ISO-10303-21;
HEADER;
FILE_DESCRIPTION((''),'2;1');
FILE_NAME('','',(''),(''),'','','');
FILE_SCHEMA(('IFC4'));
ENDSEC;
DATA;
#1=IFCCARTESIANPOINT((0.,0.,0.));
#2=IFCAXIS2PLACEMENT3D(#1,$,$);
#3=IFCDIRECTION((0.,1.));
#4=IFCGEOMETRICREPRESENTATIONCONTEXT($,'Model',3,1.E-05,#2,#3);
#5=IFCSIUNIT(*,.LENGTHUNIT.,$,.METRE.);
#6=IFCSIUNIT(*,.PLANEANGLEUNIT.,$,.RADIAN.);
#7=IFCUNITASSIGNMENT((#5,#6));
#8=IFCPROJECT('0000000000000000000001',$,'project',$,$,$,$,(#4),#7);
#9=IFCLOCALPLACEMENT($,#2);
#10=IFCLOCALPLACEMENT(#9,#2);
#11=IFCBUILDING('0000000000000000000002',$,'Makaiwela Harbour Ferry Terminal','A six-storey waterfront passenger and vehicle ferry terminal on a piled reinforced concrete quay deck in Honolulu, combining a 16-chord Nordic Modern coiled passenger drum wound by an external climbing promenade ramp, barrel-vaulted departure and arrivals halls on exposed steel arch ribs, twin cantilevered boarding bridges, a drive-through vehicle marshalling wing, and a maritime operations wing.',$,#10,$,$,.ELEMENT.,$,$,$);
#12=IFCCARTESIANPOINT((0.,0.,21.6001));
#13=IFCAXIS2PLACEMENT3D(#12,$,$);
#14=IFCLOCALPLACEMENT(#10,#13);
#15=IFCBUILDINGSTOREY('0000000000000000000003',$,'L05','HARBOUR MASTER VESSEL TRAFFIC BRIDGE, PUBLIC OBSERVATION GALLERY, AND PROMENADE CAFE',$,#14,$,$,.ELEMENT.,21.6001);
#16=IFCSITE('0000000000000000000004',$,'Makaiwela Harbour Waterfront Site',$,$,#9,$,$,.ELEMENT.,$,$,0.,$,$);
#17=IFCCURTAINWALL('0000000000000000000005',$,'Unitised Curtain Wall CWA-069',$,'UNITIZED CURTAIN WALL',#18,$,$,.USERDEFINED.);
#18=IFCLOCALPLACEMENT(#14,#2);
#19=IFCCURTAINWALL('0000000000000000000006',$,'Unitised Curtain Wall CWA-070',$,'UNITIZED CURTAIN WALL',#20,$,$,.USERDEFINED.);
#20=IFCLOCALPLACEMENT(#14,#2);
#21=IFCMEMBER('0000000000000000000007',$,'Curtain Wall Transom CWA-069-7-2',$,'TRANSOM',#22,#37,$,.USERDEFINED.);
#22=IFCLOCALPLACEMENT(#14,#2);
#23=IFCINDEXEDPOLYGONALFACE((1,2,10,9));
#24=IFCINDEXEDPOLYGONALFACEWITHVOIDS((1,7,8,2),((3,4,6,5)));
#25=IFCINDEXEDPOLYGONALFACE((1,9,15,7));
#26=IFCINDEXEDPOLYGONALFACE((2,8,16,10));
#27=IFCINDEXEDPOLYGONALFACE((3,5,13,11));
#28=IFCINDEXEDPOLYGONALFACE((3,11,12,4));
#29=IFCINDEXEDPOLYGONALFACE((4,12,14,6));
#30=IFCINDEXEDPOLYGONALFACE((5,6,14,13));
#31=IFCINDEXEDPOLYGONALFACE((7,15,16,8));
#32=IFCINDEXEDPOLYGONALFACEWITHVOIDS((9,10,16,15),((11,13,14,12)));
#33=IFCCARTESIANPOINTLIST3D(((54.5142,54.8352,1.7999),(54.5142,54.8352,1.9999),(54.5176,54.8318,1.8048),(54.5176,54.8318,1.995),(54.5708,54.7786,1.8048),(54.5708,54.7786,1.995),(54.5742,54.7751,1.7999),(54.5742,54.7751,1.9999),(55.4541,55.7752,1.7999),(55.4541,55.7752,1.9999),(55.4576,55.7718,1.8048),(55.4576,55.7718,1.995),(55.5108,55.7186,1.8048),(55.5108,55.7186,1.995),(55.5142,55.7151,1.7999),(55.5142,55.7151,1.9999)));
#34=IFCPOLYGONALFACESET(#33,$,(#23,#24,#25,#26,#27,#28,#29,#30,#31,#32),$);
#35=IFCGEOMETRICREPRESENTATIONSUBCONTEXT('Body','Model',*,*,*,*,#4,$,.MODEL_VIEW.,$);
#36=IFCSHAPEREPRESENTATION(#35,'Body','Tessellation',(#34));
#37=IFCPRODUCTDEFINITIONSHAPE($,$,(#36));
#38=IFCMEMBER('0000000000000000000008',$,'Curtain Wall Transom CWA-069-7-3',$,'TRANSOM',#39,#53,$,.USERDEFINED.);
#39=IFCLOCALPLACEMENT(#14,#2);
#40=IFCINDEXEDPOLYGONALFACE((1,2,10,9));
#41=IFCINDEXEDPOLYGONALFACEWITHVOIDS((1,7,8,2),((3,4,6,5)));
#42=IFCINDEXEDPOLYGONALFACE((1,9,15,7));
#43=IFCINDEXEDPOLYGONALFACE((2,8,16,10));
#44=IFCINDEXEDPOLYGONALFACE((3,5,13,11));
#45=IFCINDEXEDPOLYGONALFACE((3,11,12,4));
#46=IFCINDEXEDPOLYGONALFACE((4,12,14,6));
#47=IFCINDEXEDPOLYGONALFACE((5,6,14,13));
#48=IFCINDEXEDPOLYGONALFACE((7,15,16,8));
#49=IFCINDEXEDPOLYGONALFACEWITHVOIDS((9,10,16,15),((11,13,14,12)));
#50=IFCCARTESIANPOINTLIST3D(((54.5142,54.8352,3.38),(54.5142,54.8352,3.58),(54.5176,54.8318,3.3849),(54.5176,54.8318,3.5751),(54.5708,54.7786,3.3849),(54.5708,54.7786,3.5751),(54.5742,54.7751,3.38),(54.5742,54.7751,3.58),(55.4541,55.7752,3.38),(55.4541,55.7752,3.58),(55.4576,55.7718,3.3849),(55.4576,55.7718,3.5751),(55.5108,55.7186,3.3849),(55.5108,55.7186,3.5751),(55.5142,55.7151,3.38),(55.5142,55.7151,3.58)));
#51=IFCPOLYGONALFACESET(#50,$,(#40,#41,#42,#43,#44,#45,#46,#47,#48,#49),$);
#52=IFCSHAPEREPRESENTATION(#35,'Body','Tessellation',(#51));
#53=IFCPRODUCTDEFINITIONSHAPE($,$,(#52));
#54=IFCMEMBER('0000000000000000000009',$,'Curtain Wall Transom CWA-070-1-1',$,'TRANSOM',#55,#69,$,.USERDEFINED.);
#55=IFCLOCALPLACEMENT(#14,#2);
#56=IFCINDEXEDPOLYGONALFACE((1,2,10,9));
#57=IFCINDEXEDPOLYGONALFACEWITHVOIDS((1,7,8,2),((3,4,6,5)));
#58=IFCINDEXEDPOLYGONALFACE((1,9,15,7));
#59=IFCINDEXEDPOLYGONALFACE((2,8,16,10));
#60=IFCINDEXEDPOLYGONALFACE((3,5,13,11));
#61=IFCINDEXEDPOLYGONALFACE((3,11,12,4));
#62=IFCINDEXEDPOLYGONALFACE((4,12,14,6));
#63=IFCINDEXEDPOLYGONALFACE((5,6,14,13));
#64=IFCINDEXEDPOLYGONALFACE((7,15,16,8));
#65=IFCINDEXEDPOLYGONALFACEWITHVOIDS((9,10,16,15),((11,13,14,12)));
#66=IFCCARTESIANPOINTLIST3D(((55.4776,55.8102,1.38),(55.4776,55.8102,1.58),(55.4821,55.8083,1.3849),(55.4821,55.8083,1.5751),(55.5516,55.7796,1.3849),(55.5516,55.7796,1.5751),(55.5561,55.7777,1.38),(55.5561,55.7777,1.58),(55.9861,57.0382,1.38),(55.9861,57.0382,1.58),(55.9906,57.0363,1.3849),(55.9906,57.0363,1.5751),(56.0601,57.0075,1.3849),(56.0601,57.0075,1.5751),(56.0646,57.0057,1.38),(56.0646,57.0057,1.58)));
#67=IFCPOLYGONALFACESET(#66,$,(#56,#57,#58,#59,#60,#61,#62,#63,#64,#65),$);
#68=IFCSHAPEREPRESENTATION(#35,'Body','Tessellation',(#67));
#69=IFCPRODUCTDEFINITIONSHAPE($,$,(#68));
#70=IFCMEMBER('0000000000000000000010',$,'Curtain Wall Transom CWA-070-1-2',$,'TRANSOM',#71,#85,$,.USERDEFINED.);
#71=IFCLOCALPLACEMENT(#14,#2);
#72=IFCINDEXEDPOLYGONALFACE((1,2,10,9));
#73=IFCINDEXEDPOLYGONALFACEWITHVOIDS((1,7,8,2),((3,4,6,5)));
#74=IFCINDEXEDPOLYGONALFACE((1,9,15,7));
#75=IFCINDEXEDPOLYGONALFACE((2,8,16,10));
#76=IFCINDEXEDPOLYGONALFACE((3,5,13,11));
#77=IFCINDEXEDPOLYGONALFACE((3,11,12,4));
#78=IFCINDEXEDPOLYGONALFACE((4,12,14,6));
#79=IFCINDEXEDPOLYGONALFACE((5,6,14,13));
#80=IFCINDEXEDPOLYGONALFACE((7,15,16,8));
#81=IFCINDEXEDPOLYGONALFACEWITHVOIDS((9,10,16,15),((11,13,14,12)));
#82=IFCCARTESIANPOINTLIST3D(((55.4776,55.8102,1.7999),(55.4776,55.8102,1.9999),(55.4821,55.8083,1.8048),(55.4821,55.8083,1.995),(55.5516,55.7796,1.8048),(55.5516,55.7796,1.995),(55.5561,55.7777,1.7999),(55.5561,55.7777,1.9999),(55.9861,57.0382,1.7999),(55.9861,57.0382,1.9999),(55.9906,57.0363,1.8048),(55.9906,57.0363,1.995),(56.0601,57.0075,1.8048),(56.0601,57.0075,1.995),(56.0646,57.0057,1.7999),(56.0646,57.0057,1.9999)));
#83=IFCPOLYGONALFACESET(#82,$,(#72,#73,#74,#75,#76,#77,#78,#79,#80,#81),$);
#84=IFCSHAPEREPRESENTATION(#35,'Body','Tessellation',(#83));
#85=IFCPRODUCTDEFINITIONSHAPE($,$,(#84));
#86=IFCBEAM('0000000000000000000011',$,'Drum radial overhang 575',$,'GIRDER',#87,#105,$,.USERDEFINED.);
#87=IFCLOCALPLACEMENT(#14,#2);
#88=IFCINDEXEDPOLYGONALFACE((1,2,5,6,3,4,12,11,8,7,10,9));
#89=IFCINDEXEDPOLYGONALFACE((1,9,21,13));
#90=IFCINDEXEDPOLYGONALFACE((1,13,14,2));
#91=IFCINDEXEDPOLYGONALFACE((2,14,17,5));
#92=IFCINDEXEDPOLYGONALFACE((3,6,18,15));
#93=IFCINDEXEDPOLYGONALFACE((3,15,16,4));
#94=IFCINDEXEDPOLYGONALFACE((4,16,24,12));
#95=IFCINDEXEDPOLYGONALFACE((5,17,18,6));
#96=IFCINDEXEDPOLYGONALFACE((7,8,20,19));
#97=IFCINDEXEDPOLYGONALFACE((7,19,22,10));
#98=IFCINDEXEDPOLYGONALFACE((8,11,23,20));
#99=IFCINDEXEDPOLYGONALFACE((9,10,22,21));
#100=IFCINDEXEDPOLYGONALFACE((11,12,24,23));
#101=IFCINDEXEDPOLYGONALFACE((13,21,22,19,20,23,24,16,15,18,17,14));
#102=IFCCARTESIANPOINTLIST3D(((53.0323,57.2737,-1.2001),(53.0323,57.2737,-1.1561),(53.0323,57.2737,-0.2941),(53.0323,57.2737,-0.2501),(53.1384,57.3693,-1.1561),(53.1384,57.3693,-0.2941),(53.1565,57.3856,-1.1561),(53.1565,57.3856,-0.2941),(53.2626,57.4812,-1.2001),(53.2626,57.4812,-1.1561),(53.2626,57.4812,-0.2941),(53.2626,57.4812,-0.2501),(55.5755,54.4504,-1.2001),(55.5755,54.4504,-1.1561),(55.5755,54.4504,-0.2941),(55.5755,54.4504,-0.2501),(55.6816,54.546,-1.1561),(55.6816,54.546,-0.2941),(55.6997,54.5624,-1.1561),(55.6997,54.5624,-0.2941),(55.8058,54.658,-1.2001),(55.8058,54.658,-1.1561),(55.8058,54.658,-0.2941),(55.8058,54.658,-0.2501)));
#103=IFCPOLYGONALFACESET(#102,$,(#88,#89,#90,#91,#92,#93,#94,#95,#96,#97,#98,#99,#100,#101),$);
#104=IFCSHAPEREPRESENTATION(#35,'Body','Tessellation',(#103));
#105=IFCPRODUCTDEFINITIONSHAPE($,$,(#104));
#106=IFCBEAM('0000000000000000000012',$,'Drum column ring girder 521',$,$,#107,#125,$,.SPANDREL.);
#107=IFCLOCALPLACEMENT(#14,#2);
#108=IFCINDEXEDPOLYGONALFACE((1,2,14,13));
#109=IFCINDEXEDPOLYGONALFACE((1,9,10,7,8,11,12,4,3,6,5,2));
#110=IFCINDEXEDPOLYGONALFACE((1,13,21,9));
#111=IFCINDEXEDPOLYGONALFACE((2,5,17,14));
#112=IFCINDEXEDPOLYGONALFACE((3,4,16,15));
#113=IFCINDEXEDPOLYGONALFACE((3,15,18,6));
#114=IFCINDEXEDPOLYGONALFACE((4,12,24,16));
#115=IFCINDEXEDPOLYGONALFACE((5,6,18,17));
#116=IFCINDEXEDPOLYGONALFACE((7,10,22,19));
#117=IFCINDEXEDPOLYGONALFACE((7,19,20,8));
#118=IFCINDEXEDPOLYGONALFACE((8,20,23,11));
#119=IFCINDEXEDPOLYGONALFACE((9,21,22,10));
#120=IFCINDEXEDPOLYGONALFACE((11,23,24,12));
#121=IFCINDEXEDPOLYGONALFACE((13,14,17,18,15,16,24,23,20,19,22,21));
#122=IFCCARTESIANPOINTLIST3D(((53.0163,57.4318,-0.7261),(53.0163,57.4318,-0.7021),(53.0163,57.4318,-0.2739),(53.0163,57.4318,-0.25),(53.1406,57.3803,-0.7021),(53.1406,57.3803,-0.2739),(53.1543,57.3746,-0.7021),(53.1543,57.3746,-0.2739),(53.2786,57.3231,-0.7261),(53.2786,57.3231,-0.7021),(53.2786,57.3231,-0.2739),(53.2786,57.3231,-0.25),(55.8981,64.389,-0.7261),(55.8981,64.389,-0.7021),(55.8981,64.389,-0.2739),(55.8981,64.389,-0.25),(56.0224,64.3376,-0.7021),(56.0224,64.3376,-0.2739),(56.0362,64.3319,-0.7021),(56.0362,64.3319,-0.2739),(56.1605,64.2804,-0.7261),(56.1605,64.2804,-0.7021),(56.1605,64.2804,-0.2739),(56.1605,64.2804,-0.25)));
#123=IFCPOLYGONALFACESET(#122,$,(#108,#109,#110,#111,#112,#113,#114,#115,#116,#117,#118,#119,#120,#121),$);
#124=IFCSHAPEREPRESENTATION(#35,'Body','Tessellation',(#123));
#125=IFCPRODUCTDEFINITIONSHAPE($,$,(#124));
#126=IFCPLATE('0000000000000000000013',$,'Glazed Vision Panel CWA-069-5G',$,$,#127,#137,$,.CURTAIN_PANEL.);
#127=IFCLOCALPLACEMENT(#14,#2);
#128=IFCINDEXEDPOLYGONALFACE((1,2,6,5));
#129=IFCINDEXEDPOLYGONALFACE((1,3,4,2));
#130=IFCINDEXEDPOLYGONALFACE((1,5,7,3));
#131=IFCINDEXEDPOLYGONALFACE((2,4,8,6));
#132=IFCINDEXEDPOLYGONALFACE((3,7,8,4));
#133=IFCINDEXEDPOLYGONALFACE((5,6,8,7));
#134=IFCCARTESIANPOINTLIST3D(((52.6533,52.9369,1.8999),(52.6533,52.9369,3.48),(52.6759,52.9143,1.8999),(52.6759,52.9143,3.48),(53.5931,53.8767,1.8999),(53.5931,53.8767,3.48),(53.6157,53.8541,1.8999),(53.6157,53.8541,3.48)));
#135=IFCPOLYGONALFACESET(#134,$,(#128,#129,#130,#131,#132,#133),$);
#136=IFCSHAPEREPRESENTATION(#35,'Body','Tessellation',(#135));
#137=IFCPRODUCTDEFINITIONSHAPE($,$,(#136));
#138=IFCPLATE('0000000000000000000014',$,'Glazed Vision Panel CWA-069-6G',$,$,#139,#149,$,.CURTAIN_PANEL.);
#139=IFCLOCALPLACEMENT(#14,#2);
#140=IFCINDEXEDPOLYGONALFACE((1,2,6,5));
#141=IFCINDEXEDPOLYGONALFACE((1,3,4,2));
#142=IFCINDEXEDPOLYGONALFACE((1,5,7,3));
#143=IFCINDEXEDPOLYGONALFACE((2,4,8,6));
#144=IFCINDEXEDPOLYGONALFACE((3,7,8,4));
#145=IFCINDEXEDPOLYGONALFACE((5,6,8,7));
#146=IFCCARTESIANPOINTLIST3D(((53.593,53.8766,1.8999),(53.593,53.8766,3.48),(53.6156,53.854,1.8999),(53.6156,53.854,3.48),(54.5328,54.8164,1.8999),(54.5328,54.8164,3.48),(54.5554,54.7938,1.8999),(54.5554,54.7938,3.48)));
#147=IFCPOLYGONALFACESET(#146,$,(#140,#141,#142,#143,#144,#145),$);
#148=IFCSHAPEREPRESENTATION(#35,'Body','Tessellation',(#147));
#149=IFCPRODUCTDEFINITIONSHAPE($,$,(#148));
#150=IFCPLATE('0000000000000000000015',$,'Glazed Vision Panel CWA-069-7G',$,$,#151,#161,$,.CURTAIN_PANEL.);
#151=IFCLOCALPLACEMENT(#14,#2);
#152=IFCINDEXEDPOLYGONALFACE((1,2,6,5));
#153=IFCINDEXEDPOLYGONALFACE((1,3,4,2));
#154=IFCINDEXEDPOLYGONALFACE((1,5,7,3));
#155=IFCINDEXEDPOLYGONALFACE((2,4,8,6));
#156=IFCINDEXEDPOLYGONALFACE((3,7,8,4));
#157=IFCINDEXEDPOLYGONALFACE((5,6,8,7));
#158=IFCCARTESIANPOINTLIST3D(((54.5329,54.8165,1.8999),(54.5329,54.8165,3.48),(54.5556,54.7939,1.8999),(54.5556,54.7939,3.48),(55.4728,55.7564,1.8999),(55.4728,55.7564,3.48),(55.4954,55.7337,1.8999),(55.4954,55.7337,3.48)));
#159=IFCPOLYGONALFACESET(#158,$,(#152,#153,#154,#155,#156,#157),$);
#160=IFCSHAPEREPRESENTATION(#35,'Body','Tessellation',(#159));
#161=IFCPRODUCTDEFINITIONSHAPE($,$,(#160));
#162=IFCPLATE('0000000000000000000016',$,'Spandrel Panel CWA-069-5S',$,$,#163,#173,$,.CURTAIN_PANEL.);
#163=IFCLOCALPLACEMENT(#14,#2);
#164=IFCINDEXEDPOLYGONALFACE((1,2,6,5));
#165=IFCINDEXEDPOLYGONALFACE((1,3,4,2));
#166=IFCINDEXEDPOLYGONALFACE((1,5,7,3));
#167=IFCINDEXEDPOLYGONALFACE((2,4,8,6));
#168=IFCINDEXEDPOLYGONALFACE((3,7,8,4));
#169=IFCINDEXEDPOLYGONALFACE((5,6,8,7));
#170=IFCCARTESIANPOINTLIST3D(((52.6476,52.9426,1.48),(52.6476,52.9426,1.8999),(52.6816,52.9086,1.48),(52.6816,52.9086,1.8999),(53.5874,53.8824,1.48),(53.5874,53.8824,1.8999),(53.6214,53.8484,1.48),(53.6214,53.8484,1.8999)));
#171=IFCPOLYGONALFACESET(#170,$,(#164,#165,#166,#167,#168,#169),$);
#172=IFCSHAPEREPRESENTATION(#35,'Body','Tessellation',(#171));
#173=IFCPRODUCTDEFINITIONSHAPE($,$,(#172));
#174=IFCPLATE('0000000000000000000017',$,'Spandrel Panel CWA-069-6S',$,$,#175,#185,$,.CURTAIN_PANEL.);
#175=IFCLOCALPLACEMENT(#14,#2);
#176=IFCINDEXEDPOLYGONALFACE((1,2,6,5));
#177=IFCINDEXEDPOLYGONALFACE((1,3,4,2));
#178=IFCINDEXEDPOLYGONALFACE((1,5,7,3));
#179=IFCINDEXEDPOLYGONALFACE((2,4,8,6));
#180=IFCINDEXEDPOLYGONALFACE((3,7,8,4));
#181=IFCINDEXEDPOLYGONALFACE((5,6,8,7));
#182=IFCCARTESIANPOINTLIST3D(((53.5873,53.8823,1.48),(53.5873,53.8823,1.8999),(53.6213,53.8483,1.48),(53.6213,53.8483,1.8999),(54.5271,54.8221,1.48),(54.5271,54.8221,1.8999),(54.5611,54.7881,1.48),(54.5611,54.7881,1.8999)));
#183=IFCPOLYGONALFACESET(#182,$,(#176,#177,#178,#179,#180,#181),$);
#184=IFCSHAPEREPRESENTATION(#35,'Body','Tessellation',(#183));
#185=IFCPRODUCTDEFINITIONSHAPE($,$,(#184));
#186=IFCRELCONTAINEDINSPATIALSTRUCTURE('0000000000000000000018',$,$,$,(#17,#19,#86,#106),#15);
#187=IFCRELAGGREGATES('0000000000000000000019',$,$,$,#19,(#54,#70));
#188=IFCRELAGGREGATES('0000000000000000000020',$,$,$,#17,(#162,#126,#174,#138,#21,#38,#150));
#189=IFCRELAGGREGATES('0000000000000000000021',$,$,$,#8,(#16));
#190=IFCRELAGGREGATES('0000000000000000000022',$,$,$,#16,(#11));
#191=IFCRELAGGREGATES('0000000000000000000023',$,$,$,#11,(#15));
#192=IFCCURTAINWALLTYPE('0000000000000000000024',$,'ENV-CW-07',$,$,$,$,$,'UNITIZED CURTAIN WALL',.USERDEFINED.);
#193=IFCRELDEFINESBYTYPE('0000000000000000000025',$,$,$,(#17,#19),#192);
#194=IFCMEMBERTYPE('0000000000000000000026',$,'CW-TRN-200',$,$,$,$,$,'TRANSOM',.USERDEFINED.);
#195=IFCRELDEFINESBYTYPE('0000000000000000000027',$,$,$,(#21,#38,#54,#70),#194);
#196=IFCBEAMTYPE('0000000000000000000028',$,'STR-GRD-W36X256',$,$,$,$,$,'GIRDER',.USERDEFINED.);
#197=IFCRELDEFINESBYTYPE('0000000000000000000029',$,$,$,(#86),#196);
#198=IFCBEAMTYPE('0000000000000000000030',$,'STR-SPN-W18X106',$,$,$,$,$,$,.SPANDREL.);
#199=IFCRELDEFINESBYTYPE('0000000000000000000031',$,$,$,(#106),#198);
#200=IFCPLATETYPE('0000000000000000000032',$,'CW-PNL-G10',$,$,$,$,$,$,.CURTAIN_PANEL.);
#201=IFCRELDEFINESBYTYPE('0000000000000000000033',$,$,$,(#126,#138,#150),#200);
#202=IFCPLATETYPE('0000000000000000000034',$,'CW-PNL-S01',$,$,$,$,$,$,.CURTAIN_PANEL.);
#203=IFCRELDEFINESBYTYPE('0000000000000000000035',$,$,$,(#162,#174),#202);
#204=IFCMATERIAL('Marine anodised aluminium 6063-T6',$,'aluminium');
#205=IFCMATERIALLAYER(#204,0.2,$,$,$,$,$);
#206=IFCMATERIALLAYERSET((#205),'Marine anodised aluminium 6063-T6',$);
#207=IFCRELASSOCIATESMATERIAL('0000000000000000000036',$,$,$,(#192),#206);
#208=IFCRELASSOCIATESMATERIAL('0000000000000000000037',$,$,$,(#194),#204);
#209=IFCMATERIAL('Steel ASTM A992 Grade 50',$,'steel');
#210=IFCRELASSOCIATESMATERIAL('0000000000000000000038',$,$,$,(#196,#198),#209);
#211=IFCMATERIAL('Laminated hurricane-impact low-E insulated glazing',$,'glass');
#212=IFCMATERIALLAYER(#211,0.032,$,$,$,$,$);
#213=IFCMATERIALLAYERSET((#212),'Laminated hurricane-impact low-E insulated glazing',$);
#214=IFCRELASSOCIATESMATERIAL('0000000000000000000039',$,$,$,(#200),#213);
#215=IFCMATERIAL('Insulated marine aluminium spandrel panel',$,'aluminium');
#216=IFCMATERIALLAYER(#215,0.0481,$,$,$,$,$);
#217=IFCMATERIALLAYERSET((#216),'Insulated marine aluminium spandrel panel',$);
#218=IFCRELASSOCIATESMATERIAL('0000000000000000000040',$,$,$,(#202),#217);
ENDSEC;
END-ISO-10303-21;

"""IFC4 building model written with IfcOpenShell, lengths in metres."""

from ifc_helpers import new_model, si_unit, direction, frame, origin, origin_2d, place, context, subcontext, project, spatial, rectangle, hollow_rectangle, i_section, extrude, material, layer, layer_set, material_profile, profile_set, type_object, element, aggregate, save


model = new_model("IFC4")

# Units and contexts
model_context = context("Model", 3, precision=1e-05, world=origin(), true_north=direction((0.0, 1.0)))
body_context = subcontext(model_context, "Body", "Model", "MODEL_VIEW")
ifc_project = project(units=[si_unit("LENGTHUNIT", "METRE"), si_unit("PLANEANGLEUNIT", "RADIAN")], contexts=[model_context])

# Site, building, storey
site_placement = place(None, origin())
site = spatial("IfcSite", under=ifc_project, at=site_placement, Name="Makaiwela Harbour Waterfront Site", CompositionType="ELEMENT", RefElevation=0.0)
building_placement = place(site_placement, origin())
building = spatial("IfcBuilding", under=site, at=building_placement, Name="Makaiwela Harbour Ferry Terminal", Description="A six-storey waterfront passenger and vehicle ferry terminal on a piled reinforced concrete quay deck in Honolulu, combining a 16-chord Nordic Modern coiled passenger drum wound by an external climbing promenade ramp, barrel-vaulted departure and arrivals halls on exposed steel arch ribs, twin cantilevered boarding bridges, a drive-through vehicle marshalling wing, and a maritime operations wing.", CompositionType="ELEMENT")
storey_placement = place(building_placement, frame((0.0, 0.0, 21.6001)))
storey = spatial("IfcBuildingStorey", under=building, at=storey_placement, Name="L05", Description="HARBOUR MASTER VESSEL TRAFFIC BRIDGE, PUBLIC OBSERVATION GALLERY, AND PROMENADE CAFE", CompositionType="ELEMENT", Elevation=21.6001)

# Shared definitions
ifc_material_1 = material(Name="Steel ASTM A992 Grade 50", Category="steel")

# Curtain wall
ifc_material_2 = material(Name="Marine anodised aluminium 6063-T6", Category="aluminium")
ifc_layer_1 = layer(ifc_material_2, 0.2)
ifc_layer_set_1 = layer_set([ifc_layer_1], Name="Marine anodised aluminium 6063-T6")
curtain_wall_type = type_object("IfcCurtainWallType", Name="ENV-CW-07", ElementType="UNITIZED CURTAIN WALL", PredefinedType="USERDEFINED", material=ifc_layer_set_1)
curtain_wall_1_placement = place(storey_placement, origin())
curtain_wall_1 = element("IfcCurtainWall", 1, at=curtain_wall_1_placement, inside=storey, type_object=curtain_wall_type, Name="Unitised Curtain Wall CWA-069", ObjectType="UNITIZED CURTAIN WALL", PredefinedType="USERDEFINED")

# Curtain wall
curtain_wall_2_placement = place(storey_placement, origin())
curtain_wall_2 = element("IfcCurtainWall", 2, at=curtain_wall_2_placement, inside=storey, type_object=curtain_wall_type, Name="Unitised Curtain Wall CWA-070", ObjectType="UNITIZED CURTAIN WALL", PredefinedType="USERDEFINED")

# Members
ifc_material_profile_1 = material_profile(ifc_material_2, hollow_rectangle(XDim=0.085, YDim=0.2, WallThickness=0.0049, at=origin_2d()), Name="CWT-200X85")
ifc_profile_set_1 = profile_set([ifc_material_profile_1], Name="Marine anodised aluminium 6063-T6")
member_type_1 = type_object("IfcMemberType", Name="CW-TRN-200", ElementType="TRANSOM", PredefinedType="USERDEFINED", material=ifc_profile_set_1)
member_1_placement = place(storey_placement, frame((54.5442, 54.8052, 1.8999), z_axis=(0.707107, 0.707107, 0.0), x_axis=(-0.707107, 0.707107, 0.0)))
member_1 = element("IfcMember", 3, at=member_1_placement, type_object=member_type_1, Name="Curtain Wall Transom CWA-069-7-2", ObjectType="TRANSOM", PredefinedType="USERDEFINED", context=body_context, shape_type="SweptSolid", body=[
    extrude(hollow_rectangle(XDim=0.085, YDim=0.2, WallThickness=0.0049, at=origin_2d()), origin(), (0.0, 0.0, 1.0), 1.3293),
])
member_2_placement = place(storey_placement, frame((54.5442, 54.8052, 3.48), z_axis=(0.707107, 0.707107, 0.0), x_axis=(-0.707107, 0.707107, 0.0)))
member_2 = element("IfcMember", 4, at=member_2_placement, type_object=member_type_1, Name="Curtain Wall Transom CWA-069-7-3", ObjectType="TRANSOM", PredefinedType="USERDEFINED", context=body_context, shape_type="SweptSolid", body=[
    extrude(hollow_rectangle(XDim=0.085, YDim=0.2, WallThickness=0.0049, at=origin_2d()), origin(), (0.0, 0.0, 1.0), 1.3293),
])
member_3_placement = place(storey_placement, frame((55.5168, 55.7939, 1.48), z_axis=(0.382606, 0.923912, 0.0), x_axis=(-0.923912, 0.382606, 0.0)))
member_3 = element("IfcMember", 5, at=member_3_placement, type_object=member_type_1, Name="Curtain Wall Transom CWA-070-1-1", ObjectType="TRANSOM", PredefinedType="USERDEFINED", context=body_context, shape_type="SweptSolid", body=[
    extrude(hollow_rectangle(XDim=0.085, YDim=0.2, WallThickness=0.0049, at=origin_2d()), origin(), (0.0, 0.0, 1.0), 1.3291),
])
member_4_placement = place(storey_placement, frame((55.5168, 55.7939, 1.8999), z_axis=(0.382606, 0.923912, 0.0), x_axis=(-0.923912, 0.382606, 0.0)))
member_4 = element("IfcMember", 6, at=member_4_placement, type_object=member_type_1, Name="Curtain Wall Transom CWA-070-1-2", ObjectType="TRANSOM", PredefinedType="USERDEFINED", context=body_context, shape_type="SweptSolid", body=[
    extrude(hollow_rectangle(XDim=0.085, YDim=0.2, WallThickness=0.0049, at=origin_2d()), origin(), (0.0, 0.0, 1.0), 1.3291),
])
aggregate(curtain_wall_2, [member_3, member_4])

# Beams
ifc_material_profile_2 = material_profile(ifc_material_1, i_section(OverallWidth=0.3101, OverallDepth=0.95, WebThickness=0.0244, FlangeThickness=0.0439, at=origin_2d()), Name="W36X256")
ifc_profile_set_2 = profile_set([ifc_material_profile_2], Name="Steel ASTM A992 Grade 50")
beam_type_1 = type_object("IfcBeamType", Name="STR-GRD-W36X256", ElementType="GIRDER", PredefinedType="USERDEFINED", material=ifc_profile_set_2)
beam_1_placement = place(storey_placement, frame((53.1475, 57.3774, -0.7251), z_axis=(0.669298, -0.742994, 0.0), x_axis=(0.742994, 0.669298, 0.0)))
element("IfcBeam", 7, at=beam_1_placement, inside=storey, type_object=beam_type_1, Name="Drum radial overhang 575", ObjectType="GIRDER", PredefinedType="USERDEFINED", context=body_context, shape_type="SweptSolid", body=[
    extrude(i_section(OverallWidth=0.3101, OverallDepth=0.95, WebThickness=0.0244, FlangeThickness=0.0439, at=origin_2d()), origin(), (0.0, 0.0, 1.0), 3.7998),
])
ifc_material_profile_3 = material_profile(ifc_material_1, i_section(OverallWidth=0.2839, OverallDepth=0.4761, WebThickness=0.0149, FlangeThickness=0.0239, at=origin_2d()), Name="W18X106")
ifc_profile_set_3 = profile_set([ifc_material_profile_3], Name="Steel ASTM A992 Grade 50")
beam_type_2 = type_object("IfcBeamType", Name="STR-SPN-W18X106", PredefinedType="SPANDREL", material=ifc_profile_set_3)
beam_2_placement = place(storey_placement, frame((53.1475, 57.3774, -0.488), z_axis=(0.382688, 0.923878, 0.0), x_axis=(-0.923878, 0.382688, 0.0)))
element("IfcBeam", 8, at=beam_2_placement, inside=storey, type_object=beam_type_2, Name="Drum column ring girder 521", PredefinedType="SPANDREL", context=body_context, shape_type="SweptSolid", body=[
    extrude(i_section(OverallWidth=0.2839, OverallDepth=0.4761, WebThickness=0.0149, FlangeThickness=0.0239, at=origin_2d()), origin(), (0.0, 0.0, 1.0), 7.5305),
])

# Plates
ifc_material_3 = material(Name="Laminated hurricane-impact low-E insulated glazing", Category="glass")
ifc_layer_2 = layer(ifc_material_3, 0.032)
ifc_layer_set_2 = layer_set([ifc_layer_2], Name="Laminated hurricane-impact low-E insulated glazing")
plate_type_1 = type_object("IfcPlateType", Name="CW-PNL-G10", PredefinedType="CURTAIN_PANEL", material=ifc_layer_set_2)
plate_1_placement = place(storey_placement, frame((53.1345, 53.3955, 1.8999), z_axis=(0.0, 0.0, 1.0), x_axis=(0.707107, 0.707107, 0.0)))
plate_1 = element("IfcPlate", 9, at=plate_1_placement, type_object=plate_type_1, Name="Glazed Vision Panel CWA-069-5G", PredefinedType="CURTAIN_PANEL", context=body_context, shape_type="SweptSolid", body=[
    extrude(rectangle(XDim=1.3291, YDim=0.032, at=origin_2d()), origin(), (0.0, 0.0, 1.0), 1.5801),
])
plate_2_placement = place(storey_placement, frame((54.0742, 54.3352, 1.8999), z_axis=(0.0, 0.0, 1.0), x_axis=(0.707107, 0.707107, 0.0)))
plate_2 = element("IfcPlate", 10, at=plate_2_placement, type_object=plate_type_1, Name="Glazed Vision Panel CWA-069-6G", PredefinedType="CURTAIN_PANEL", context=body_context, shape_type="SweptSolid", body=[
    extrude(rectangle(XDim=1.3291, YDim=0.032, at=origin_2d()), origin(), (0.0, 0.0, 1.0), 1.5801),
])
plate_3_placement = place(storey_placement, frame((55.0142, 55.2751, 1.8999), z_axis=(0.0, 0.0, 1.0), x_axis=(0.707107, 0.707107, 0.0)))
plate_3 = element("IfcPlate", 11, at=plate_3_placement, type_object=plate_type_1, Name="Glazed Vision Panel CWA-069-7G", PredefinedType="CURTAIN_PANEL", context=body_context, shape_type="SweptSolid", body=[
    extrude(rectangle(XDim=1.3291, YDim=0.032, at=origin_2d()), origin(), (0.0, 0.0, 1.0), 1.5801),
])
ifc_material_4 = material(Name="Insulated marine aluminium spandrel panel", Category="aluminium")
ifc_layer_3 = layer(ifc_material_4, 0.0481)
ifc_layer_set_3 = layer_set([ifc_layer_3], Name="Insulated marine aluminium spandrel panel")
plate_type_2 = type_object("IfcPlateType", Name="CW-PNL-S01", PredefinedType="CURTAIN_PANEL", material=ifc_layer_set_3)
plate_4_placement = place(storey_placement, frame((53.1345, 53.3955, 1.48), z_axis=(0.0, 0.0, 1.0), x_axis=(0.707107, 0.707107, 0.0)))
plate_4 = element("IfcPlate", 12, at=plate_4_placement, type_object=plate_type_2, Name="Spandrel Panel CWA-069-5S", PredefinedType="CURTAIN_PANEL", context=body_context, shape_type="SweptSolid", body=[
    extrude(rectangle(XDim=1.3291, YDim=0.0481, at=origin_2d()), origin(), (0.0, 0.0, 1.0), 0.4199),
])
plate_5_placement = place(storey_placement, frame((54.0742, 54.3352, 1.48), z_axis=(0.0, 0.0, 1.0), x_axis=(0.707107, 0.707107, 0.0)))
plate_5 = element("IfcPlate", 13, at=plate_5_placement, type_object=plate_type_2, Name="Spandrel Panel CWA-069-6S", PredefinedType="CURTAIN_PANEL", context=body_context, shape_type="SweptSolid", body=[
    extrude(rectangle(XDim=1.3291, YDim=0.0481, at=origin_2d()), origin(), (0.0, 0.0, 1.0), 0.4199),
])
aggregate(curtain_wall_1, [plate_4, plate_1, plate_5, plate_2, member_1, member_2, plate_3])

save(model, "model.ifc")
